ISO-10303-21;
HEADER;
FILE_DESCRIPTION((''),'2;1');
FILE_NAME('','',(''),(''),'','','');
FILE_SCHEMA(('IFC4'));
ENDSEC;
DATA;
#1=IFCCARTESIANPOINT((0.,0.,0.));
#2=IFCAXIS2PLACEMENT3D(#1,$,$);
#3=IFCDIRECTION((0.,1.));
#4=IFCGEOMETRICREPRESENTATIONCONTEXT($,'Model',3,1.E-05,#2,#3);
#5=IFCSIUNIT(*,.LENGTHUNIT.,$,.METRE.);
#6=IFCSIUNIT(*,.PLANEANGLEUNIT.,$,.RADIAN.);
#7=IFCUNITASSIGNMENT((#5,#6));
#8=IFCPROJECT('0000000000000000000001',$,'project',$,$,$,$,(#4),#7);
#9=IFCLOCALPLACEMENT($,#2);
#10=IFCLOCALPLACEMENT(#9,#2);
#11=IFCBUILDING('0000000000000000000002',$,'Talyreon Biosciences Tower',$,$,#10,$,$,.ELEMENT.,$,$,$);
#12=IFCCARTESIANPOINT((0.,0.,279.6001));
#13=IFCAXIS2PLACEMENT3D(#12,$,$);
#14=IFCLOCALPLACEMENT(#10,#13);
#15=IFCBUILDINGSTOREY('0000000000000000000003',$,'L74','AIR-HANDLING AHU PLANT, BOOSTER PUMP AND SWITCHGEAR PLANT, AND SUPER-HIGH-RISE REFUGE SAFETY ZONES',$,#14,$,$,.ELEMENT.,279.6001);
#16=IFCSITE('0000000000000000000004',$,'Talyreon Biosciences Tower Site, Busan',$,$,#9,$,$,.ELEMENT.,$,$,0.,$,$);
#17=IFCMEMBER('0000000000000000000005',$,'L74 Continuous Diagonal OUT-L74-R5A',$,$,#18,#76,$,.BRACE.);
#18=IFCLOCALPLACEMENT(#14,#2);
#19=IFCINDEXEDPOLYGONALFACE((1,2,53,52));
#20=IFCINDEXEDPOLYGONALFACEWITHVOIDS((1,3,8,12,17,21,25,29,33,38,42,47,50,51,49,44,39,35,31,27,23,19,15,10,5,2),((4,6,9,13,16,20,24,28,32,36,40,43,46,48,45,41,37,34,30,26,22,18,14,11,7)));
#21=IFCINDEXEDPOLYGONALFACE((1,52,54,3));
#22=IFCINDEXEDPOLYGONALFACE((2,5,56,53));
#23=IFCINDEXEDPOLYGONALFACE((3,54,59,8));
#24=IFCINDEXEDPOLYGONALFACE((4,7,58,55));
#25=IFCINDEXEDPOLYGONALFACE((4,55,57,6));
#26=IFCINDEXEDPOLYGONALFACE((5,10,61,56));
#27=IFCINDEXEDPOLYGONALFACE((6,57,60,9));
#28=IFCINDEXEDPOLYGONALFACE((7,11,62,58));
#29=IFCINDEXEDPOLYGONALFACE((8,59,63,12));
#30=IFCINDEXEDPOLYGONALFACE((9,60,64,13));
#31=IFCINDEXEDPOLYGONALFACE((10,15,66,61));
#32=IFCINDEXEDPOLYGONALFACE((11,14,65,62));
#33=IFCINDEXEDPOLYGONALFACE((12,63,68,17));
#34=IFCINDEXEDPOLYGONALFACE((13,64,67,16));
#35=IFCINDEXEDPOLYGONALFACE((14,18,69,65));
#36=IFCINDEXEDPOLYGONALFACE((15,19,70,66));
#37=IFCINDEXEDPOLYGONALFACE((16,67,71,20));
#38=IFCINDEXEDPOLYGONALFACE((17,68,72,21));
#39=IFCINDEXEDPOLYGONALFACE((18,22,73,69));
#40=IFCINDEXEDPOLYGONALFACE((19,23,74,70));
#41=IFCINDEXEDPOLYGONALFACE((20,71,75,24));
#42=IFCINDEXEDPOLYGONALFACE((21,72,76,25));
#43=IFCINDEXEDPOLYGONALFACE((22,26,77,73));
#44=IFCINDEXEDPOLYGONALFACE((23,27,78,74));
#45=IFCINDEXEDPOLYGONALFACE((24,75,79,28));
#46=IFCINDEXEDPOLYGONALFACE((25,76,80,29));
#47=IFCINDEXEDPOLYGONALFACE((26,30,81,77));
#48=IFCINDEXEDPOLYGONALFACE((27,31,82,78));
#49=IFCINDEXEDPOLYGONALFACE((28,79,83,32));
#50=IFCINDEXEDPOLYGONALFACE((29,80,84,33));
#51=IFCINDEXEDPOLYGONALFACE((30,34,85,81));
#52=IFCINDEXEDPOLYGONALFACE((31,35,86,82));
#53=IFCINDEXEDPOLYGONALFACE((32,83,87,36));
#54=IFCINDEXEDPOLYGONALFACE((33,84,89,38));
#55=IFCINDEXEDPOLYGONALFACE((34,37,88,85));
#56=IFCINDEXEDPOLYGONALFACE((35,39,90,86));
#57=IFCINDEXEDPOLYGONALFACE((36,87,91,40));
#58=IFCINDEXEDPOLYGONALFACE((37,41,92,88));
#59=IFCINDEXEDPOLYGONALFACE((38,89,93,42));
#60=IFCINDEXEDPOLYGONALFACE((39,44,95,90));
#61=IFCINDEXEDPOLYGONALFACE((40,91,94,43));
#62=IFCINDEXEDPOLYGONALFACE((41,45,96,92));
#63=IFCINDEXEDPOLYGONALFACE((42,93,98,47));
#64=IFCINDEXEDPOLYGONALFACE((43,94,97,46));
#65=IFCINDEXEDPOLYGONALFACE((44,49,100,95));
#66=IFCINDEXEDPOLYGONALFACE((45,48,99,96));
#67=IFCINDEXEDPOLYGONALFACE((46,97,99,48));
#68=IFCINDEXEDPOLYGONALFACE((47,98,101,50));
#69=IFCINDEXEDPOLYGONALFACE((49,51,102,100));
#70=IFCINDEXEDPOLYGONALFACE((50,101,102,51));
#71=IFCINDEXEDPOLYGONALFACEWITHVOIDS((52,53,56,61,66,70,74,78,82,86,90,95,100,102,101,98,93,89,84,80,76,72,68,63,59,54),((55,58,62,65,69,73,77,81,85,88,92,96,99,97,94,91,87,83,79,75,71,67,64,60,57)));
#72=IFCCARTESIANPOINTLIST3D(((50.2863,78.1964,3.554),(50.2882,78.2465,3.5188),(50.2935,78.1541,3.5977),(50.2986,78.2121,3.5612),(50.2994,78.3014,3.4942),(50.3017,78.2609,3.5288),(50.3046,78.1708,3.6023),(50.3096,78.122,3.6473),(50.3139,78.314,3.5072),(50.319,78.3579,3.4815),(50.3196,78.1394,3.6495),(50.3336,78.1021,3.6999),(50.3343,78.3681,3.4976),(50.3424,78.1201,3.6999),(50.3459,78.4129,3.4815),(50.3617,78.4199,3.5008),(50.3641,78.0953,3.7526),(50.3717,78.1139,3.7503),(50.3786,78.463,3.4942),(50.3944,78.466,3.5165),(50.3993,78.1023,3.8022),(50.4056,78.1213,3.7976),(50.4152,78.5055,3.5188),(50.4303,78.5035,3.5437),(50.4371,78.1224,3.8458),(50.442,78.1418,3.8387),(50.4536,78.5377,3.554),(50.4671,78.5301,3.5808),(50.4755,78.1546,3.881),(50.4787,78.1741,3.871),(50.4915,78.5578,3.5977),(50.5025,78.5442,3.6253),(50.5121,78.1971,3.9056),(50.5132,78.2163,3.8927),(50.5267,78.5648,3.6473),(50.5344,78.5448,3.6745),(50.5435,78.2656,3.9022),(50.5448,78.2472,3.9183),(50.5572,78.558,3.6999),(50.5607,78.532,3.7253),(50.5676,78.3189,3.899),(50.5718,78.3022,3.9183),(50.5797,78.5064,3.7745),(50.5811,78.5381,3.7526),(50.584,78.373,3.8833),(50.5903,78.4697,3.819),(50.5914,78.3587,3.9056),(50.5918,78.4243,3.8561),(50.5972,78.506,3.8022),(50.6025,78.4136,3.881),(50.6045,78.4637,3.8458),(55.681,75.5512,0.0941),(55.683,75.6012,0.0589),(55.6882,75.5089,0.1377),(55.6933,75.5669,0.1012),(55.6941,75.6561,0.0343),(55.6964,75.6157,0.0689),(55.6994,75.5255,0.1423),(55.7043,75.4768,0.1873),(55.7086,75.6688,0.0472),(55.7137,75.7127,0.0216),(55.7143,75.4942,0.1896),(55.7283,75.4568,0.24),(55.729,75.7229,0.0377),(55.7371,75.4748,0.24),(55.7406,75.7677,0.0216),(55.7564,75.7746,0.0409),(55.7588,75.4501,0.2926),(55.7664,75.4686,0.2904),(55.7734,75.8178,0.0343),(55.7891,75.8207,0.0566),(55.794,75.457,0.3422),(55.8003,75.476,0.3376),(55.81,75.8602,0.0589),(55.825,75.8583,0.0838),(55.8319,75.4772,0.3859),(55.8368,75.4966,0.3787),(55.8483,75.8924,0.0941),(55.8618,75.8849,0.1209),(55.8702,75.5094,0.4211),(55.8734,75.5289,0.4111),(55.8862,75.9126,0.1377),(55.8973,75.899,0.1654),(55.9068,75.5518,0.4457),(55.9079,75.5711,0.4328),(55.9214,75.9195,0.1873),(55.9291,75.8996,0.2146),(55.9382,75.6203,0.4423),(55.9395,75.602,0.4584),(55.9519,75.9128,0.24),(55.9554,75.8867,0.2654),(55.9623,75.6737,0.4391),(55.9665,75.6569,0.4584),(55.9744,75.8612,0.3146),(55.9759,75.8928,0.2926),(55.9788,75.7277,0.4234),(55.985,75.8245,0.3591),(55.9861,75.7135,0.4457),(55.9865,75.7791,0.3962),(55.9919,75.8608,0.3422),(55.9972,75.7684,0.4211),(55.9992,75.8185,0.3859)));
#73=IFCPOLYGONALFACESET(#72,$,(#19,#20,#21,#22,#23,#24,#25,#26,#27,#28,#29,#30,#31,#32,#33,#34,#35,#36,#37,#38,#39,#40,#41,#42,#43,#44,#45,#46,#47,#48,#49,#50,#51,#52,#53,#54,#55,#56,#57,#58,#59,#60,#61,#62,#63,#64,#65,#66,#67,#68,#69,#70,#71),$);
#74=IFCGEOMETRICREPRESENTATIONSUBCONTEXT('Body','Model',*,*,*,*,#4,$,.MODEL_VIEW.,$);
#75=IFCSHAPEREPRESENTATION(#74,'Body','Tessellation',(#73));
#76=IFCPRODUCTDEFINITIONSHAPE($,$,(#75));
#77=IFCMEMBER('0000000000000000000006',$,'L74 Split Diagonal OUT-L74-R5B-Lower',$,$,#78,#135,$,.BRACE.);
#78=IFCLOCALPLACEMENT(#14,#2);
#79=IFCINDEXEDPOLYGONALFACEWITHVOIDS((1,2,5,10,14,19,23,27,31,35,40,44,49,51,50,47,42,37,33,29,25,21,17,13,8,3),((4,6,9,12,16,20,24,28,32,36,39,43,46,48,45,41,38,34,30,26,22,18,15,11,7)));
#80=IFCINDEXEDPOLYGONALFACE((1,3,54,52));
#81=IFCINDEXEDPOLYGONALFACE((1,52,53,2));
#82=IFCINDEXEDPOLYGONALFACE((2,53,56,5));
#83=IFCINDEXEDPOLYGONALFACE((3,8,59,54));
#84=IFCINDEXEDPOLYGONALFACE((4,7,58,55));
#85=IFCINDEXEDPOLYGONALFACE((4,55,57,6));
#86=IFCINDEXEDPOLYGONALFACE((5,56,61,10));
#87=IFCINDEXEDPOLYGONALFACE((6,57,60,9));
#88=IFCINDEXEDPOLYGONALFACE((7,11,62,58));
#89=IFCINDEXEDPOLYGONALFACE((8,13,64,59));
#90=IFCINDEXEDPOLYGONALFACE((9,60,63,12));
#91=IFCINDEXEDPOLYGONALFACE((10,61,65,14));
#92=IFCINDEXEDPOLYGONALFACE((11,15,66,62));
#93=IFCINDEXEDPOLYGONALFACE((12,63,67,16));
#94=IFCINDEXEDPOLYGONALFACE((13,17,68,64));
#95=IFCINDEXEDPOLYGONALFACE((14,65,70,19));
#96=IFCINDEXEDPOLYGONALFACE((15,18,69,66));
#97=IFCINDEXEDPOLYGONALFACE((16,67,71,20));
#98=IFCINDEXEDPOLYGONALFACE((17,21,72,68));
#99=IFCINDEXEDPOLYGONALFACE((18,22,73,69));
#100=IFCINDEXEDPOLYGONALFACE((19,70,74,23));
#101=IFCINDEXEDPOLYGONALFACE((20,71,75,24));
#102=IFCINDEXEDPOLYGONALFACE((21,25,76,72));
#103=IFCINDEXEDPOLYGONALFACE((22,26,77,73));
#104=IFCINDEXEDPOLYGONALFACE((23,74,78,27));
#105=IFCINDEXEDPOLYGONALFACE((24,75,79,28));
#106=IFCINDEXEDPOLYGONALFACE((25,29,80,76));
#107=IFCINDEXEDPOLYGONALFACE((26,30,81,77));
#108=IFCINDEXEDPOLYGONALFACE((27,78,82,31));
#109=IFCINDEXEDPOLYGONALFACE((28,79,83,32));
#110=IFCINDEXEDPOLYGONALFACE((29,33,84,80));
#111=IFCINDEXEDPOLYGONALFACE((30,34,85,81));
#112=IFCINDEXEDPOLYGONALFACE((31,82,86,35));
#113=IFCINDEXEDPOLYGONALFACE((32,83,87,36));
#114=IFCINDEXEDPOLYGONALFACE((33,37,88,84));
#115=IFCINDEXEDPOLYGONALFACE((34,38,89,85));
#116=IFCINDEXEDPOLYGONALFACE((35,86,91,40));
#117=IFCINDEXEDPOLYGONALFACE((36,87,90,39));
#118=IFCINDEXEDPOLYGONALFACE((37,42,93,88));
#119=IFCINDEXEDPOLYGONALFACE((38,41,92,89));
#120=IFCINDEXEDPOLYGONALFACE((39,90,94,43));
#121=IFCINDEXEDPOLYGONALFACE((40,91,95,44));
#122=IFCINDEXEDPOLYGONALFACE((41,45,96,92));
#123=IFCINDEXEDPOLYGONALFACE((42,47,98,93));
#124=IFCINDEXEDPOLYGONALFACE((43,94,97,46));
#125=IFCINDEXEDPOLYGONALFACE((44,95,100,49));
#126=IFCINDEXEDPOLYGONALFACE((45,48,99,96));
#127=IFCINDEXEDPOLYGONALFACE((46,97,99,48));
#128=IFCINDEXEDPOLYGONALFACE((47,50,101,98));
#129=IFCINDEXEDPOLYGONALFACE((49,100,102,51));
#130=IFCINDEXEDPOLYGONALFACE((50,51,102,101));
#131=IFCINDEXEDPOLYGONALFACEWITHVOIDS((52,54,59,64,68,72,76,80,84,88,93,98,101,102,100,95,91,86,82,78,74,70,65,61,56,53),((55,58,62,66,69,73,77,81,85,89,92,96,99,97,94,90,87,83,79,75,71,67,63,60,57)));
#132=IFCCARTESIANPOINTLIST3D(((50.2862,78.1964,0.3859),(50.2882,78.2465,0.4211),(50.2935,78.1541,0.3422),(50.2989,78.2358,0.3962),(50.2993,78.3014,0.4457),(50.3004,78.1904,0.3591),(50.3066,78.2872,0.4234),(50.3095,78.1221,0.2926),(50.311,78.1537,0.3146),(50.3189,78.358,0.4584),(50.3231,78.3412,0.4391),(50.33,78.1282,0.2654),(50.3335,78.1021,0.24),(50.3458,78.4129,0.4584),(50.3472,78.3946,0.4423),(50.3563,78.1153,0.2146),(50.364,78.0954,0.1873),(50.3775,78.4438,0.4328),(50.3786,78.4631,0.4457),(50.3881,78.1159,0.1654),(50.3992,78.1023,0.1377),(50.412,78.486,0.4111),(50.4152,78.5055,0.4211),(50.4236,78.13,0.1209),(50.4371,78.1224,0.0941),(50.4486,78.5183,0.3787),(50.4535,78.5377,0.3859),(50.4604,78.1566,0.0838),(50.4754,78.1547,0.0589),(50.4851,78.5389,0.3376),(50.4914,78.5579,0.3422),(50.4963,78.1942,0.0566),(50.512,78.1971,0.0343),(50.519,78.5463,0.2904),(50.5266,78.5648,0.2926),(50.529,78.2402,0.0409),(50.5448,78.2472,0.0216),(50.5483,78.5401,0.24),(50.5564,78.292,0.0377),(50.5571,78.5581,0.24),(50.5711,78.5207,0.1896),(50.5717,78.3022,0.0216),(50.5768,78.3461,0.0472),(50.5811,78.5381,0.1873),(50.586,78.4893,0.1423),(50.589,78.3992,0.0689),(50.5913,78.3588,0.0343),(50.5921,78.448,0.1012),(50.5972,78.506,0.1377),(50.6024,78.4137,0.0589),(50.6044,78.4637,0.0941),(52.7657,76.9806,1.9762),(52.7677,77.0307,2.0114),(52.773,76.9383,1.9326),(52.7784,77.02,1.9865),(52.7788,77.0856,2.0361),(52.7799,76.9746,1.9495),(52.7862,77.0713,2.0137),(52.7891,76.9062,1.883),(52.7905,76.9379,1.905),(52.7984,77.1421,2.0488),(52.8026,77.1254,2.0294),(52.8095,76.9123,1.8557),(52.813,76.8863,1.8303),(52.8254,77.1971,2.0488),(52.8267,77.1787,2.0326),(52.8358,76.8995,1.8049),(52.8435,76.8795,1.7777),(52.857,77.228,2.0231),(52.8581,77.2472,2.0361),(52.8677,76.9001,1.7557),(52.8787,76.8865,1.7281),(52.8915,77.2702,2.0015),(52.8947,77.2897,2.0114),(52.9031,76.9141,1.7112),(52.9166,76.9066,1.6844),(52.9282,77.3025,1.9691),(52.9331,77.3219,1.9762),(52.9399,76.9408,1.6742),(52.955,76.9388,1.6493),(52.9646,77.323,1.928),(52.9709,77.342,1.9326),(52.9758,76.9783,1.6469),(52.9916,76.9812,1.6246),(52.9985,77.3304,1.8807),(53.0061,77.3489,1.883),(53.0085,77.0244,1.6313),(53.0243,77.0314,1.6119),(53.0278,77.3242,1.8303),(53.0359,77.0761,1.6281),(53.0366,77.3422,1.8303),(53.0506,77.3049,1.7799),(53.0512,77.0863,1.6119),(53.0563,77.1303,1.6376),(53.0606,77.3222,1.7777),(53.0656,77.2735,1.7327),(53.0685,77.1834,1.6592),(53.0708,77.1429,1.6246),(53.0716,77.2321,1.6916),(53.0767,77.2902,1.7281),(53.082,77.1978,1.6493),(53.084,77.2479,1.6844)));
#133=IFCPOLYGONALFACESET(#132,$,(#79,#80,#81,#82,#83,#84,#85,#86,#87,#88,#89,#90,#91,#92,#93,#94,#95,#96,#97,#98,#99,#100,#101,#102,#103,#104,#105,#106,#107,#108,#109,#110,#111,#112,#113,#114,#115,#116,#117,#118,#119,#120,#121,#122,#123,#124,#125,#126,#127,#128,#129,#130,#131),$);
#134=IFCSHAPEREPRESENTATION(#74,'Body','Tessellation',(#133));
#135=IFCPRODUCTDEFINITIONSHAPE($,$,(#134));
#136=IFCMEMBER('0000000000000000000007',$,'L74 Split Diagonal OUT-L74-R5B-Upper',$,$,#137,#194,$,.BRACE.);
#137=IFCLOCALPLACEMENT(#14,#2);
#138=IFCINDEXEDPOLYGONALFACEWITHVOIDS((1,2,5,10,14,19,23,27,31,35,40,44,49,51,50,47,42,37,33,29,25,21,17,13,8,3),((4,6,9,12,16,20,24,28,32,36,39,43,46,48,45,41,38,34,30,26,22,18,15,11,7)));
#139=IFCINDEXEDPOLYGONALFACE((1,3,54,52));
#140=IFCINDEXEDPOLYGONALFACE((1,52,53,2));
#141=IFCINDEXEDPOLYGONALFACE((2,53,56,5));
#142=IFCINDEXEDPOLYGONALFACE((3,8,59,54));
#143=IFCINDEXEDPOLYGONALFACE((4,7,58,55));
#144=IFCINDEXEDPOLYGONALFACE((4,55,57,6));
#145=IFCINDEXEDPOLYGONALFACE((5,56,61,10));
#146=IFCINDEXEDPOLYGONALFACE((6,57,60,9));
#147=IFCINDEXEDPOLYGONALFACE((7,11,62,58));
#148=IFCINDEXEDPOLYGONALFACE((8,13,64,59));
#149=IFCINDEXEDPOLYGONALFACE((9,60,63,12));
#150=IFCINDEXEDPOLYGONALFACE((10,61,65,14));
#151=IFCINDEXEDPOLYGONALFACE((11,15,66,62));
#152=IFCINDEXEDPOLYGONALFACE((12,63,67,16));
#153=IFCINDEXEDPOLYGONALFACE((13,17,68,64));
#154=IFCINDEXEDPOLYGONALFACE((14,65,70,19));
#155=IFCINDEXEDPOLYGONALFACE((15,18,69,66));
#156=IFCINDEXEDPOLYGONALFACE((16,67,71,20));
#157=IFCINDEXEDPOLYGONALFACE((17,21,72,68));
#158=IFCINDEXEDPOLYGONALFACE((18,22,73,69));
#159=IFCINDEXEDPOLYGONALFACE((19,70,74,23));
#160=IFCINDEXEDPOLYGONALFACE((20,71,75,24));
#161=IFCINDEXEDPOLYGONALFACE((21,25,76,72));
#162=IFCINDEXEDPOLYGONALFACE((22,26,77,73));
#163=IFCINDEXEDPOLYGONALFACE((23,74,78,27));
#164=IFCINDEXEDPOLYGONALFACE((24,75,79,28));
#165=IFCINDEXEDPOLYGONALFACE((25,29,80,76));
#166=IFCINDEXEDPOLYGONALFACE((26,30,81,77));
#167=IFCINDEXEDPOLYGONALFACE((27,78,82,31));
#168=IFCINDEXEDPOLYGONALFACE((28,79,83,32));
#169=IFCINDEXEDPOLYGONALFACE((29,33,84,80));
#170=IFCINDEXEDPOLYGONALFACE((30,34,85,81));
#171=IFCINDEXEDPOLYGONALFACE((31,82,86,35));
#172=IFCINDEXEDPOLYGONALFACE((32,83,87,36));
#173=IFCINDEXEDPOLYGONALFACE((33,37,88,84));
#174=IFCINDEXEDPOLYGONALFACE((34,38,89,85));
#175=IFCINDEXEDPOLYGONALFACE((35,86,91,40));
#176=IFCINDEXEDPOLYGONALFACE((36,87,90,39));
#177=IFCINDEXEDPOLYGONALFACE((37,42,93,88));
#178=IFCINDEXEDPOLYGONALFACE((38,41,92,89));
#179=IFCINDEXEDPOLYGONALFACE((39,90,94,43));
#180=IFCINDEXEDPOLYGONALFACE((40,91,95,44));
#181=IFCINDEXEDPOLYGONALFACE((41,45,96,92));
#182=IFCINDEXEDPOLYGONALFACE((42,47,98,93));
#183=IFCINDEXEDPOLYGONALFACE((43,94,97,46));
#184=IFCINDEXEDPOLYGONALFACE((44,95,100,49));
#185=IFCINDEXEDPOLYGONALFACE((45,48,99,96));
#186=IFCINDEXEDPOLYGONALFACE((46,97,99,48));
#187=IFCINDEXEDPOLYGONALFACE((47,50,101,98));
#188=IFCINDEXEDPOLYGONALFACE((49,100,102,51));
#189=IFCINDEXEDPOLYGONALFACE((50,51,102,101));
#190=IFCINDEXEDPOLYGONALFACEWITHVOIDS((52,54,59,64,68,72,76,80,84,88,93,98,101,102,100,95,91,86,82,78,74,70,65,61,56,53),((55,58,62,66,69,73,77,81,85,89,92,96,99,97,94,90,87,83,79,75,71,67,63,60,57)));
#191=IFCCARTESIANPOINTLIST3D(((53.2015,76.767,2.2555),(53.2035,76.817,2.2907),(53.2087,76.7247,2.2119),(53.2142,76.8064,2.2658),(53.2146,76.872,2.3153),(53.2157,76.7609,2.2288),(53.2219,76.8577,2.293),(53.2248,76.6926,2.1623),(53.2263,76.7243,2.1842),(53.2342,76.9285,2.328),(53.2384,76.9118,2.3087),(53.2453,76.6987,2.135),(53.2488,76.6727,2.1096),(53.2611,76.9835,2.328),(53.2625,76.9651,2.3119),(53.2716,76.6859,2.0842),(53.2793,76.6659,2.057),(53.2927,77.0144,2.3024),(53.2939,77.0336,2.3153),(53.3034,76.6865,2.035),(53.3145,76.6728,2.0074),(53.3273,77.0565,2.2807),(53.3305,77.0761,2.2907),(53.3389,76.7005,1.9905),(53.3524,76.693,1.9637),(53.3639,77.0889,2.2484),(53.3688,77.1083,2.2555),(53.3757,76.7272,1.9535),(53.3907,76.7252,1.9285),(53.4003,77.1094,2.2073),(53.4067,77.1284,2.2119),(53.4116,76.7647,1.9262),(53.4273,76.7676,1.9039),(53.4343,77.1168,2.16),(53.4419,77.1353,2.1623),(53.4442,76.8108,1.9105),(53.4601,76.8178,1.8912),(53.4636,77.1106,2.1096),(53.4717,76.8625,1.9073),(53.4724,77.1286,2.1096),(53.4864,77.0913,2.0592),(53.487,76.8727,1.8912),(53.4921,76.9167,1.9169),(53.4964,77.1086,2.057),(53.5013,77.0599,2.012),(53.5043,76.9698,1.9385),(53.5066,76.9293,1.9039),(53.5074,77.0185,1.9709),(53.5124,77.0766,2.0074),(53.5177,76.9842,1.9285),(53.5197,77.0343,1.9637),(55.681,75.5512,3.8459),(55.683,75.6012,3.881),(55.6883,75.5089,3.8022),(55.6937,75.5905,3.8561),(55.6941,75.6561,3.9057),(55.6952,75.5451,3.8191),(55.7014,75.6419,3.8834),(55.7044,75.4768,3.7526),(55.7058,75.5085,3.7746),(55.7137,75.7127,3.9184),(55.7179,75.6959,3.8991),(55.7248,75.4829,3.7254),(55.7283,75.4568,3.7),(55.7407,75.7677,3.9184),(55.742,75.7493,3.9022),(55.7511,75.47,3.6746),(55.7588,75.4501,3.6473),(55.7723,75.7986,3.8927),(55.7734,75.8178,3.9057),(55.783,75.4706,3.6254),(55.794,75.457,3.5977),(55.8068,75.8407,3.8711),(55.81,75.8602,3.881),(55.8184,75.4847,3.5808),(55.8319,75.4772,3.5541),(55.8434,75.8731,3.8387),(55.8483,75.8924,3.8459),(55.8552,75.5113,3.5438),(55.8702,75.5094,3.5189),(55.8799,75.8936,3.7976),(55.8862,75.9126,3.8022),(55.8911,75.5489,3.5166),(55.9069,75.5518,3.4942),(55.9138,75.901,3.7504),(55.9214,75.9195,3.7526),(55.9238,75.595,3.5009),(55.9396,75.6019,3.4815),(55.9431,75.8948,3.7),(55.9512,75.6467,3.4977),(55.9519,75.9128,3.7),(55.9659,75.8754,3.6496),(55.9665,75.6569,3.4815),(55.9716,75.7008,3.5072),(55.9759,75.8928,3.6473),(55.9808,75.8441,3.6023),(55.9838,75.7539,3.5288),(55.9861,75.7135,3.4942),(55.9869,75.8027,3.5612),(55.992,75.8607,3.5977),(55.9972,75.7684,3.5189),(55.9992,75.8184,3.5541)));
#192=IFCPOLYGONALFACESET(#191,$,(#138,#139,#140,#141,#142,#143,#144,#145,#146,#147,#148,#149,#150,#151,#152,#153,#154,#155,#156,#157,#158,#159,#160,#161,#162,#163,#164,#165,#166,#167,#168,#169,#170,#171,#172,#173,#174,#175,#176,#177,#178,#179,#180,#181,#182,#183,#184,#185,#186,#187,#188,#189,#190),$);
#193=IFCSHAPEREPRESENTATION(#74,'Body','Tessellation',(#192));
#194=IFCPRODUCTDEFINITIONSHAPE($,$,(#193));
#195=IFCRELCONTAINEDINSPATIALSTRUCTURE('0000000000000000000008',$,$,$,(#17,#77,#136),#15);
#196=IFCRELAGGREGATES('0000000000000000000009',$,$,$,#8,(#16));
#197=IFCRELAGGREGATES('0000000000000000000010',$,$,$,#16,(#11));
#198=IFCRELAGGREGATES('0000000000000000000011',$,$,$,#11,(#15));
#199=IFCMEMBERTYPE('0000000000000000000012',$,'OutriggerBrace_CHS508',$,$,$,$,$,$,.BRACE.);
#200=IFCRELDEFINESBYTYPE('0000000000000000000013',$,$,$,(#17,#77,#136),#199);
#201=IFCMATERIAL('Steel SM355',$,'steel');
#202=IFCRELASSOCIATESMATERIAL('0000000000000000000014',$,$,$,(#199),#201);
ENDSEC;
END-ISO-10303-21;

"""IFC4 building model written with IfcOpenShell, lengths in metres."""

from ifc_helpers import new_model, si_unit, direction, frame, origin, origin_2d, place, context, subcontext, project, spatial, hollow_circle, extrude, material, material_profile, profile_set, type_object, element, save


model = new_model("IFC4")

# Units and contexts
model_context = context("Model", 3, precision=1e-05, world=origin(), true_north=direction((0.0, 1.0)))
body_context = subcontext(model_context, "Body", "Model", "MODEL_VIEW")
ifc_project = project(units=[si_unit("LENGTHUNIT", "METRE"), si_unit("PLANEANGLEUNIT", "RADIAN")], contexts=[model_context])

# Site, building, storey
site_placement = place(None, origin())
site = spatial("IfcSite", under=ifc_project, at=site_placement, Name="Talyreon Biosciences Tower Site, Busan", CompositionType="ELEMENT", RefElevation=0.0)
building_placement = place(site_placement, origin())
building = spatial("IfcBuilding", under=site, at=building_placement, Name="Talyreon Biosciences Tower", CompositionType="ELEMENT")
storey_placement = place(building_placement, frame((0.0, 0.0, 279.6001)))
storey = spatial("IfcBuildingStorey", under=building, at=storey_placement, Name="L74", Description="AIR-HANDLING AHU PLANT, BOOSTER PUMP AND SWITCHGEAR PLANT, AND SUPER-HIGH-RISE REFUGE SAFETY ZONES", CompositionType="ELEMENT", Elevation=279.6001)

# Shared definitions
ifc_material_1 = material(Name="Steel SM355", Category="steel")

# Members
ifc_material_profile_1 = material_profile(ifc_material_1, hollow_circle(Radius=0.2539, WallThickness=0.02, at=origin_2d()), Name="CHS 508x20")
ifc_profile_set_1 = profile_set([ifc_material_profile_1], Name="Steel SM355")
member_type_1 = type_object("IfcMemberType", Name="OutriggerBrace_CHS508", PredefinedType="BRACE", material=ifc_profile_set_1)
member_1_placement = place(storey_placement, frame((55.8401, 75.6848, 0.24), z_axis=(-0.778083, 0.381523, 0.499026), x_axis=(-0.44026, -0.89787, 0.0)))
element("IfcMember", 1, at=member_1_placement, inside=storey, type_object=member_type_1, Name="L74 Continuous Diagonal OUT-L74-R5A", PredefinedType="BRACE", context=body_context, shape_type="SweptSolid", body=[
    extrude(hollow_circle(Radius=0.2539, WallThickness=0.02, at=origin_2d()), origin(), (0.0, 0.0, 1.0), 6.9333),
])
for number, where, z_axis, x_axis, name in (
    (2, (50.4453, 78.3301, 0.24), (0.778068, -0.381526, 0.499048), (0.440269, 0.897866, 0.0), "L74 Split Diagonal OUT-L74-R5B-Lower"),
    (3, (53.3606, 76.9006, 2.1096), (0.778068, -0.381526, 0.499048), (0.440269, 0.897866, 0.0), "L74 Split Diagonal OUT-L74-R5B-Upper"),
):
    element("IfcMember", number, at=place(storey_placement, frame(where, z_axis=z_axis, x_axis=x_axis)), inside=storey, type_object=member_type_1, Name=name, PredefinedType="BRACE", context=body_context, shape_type="SweptSolid", body=[
        extrude(hollow_circle(Radius=0.2539, WallThickness=0.02, at=origin_2d()), origin(), (0.0, 0.0, 1.0), 3.1868),
    ])

save(model, "model.ifc")
